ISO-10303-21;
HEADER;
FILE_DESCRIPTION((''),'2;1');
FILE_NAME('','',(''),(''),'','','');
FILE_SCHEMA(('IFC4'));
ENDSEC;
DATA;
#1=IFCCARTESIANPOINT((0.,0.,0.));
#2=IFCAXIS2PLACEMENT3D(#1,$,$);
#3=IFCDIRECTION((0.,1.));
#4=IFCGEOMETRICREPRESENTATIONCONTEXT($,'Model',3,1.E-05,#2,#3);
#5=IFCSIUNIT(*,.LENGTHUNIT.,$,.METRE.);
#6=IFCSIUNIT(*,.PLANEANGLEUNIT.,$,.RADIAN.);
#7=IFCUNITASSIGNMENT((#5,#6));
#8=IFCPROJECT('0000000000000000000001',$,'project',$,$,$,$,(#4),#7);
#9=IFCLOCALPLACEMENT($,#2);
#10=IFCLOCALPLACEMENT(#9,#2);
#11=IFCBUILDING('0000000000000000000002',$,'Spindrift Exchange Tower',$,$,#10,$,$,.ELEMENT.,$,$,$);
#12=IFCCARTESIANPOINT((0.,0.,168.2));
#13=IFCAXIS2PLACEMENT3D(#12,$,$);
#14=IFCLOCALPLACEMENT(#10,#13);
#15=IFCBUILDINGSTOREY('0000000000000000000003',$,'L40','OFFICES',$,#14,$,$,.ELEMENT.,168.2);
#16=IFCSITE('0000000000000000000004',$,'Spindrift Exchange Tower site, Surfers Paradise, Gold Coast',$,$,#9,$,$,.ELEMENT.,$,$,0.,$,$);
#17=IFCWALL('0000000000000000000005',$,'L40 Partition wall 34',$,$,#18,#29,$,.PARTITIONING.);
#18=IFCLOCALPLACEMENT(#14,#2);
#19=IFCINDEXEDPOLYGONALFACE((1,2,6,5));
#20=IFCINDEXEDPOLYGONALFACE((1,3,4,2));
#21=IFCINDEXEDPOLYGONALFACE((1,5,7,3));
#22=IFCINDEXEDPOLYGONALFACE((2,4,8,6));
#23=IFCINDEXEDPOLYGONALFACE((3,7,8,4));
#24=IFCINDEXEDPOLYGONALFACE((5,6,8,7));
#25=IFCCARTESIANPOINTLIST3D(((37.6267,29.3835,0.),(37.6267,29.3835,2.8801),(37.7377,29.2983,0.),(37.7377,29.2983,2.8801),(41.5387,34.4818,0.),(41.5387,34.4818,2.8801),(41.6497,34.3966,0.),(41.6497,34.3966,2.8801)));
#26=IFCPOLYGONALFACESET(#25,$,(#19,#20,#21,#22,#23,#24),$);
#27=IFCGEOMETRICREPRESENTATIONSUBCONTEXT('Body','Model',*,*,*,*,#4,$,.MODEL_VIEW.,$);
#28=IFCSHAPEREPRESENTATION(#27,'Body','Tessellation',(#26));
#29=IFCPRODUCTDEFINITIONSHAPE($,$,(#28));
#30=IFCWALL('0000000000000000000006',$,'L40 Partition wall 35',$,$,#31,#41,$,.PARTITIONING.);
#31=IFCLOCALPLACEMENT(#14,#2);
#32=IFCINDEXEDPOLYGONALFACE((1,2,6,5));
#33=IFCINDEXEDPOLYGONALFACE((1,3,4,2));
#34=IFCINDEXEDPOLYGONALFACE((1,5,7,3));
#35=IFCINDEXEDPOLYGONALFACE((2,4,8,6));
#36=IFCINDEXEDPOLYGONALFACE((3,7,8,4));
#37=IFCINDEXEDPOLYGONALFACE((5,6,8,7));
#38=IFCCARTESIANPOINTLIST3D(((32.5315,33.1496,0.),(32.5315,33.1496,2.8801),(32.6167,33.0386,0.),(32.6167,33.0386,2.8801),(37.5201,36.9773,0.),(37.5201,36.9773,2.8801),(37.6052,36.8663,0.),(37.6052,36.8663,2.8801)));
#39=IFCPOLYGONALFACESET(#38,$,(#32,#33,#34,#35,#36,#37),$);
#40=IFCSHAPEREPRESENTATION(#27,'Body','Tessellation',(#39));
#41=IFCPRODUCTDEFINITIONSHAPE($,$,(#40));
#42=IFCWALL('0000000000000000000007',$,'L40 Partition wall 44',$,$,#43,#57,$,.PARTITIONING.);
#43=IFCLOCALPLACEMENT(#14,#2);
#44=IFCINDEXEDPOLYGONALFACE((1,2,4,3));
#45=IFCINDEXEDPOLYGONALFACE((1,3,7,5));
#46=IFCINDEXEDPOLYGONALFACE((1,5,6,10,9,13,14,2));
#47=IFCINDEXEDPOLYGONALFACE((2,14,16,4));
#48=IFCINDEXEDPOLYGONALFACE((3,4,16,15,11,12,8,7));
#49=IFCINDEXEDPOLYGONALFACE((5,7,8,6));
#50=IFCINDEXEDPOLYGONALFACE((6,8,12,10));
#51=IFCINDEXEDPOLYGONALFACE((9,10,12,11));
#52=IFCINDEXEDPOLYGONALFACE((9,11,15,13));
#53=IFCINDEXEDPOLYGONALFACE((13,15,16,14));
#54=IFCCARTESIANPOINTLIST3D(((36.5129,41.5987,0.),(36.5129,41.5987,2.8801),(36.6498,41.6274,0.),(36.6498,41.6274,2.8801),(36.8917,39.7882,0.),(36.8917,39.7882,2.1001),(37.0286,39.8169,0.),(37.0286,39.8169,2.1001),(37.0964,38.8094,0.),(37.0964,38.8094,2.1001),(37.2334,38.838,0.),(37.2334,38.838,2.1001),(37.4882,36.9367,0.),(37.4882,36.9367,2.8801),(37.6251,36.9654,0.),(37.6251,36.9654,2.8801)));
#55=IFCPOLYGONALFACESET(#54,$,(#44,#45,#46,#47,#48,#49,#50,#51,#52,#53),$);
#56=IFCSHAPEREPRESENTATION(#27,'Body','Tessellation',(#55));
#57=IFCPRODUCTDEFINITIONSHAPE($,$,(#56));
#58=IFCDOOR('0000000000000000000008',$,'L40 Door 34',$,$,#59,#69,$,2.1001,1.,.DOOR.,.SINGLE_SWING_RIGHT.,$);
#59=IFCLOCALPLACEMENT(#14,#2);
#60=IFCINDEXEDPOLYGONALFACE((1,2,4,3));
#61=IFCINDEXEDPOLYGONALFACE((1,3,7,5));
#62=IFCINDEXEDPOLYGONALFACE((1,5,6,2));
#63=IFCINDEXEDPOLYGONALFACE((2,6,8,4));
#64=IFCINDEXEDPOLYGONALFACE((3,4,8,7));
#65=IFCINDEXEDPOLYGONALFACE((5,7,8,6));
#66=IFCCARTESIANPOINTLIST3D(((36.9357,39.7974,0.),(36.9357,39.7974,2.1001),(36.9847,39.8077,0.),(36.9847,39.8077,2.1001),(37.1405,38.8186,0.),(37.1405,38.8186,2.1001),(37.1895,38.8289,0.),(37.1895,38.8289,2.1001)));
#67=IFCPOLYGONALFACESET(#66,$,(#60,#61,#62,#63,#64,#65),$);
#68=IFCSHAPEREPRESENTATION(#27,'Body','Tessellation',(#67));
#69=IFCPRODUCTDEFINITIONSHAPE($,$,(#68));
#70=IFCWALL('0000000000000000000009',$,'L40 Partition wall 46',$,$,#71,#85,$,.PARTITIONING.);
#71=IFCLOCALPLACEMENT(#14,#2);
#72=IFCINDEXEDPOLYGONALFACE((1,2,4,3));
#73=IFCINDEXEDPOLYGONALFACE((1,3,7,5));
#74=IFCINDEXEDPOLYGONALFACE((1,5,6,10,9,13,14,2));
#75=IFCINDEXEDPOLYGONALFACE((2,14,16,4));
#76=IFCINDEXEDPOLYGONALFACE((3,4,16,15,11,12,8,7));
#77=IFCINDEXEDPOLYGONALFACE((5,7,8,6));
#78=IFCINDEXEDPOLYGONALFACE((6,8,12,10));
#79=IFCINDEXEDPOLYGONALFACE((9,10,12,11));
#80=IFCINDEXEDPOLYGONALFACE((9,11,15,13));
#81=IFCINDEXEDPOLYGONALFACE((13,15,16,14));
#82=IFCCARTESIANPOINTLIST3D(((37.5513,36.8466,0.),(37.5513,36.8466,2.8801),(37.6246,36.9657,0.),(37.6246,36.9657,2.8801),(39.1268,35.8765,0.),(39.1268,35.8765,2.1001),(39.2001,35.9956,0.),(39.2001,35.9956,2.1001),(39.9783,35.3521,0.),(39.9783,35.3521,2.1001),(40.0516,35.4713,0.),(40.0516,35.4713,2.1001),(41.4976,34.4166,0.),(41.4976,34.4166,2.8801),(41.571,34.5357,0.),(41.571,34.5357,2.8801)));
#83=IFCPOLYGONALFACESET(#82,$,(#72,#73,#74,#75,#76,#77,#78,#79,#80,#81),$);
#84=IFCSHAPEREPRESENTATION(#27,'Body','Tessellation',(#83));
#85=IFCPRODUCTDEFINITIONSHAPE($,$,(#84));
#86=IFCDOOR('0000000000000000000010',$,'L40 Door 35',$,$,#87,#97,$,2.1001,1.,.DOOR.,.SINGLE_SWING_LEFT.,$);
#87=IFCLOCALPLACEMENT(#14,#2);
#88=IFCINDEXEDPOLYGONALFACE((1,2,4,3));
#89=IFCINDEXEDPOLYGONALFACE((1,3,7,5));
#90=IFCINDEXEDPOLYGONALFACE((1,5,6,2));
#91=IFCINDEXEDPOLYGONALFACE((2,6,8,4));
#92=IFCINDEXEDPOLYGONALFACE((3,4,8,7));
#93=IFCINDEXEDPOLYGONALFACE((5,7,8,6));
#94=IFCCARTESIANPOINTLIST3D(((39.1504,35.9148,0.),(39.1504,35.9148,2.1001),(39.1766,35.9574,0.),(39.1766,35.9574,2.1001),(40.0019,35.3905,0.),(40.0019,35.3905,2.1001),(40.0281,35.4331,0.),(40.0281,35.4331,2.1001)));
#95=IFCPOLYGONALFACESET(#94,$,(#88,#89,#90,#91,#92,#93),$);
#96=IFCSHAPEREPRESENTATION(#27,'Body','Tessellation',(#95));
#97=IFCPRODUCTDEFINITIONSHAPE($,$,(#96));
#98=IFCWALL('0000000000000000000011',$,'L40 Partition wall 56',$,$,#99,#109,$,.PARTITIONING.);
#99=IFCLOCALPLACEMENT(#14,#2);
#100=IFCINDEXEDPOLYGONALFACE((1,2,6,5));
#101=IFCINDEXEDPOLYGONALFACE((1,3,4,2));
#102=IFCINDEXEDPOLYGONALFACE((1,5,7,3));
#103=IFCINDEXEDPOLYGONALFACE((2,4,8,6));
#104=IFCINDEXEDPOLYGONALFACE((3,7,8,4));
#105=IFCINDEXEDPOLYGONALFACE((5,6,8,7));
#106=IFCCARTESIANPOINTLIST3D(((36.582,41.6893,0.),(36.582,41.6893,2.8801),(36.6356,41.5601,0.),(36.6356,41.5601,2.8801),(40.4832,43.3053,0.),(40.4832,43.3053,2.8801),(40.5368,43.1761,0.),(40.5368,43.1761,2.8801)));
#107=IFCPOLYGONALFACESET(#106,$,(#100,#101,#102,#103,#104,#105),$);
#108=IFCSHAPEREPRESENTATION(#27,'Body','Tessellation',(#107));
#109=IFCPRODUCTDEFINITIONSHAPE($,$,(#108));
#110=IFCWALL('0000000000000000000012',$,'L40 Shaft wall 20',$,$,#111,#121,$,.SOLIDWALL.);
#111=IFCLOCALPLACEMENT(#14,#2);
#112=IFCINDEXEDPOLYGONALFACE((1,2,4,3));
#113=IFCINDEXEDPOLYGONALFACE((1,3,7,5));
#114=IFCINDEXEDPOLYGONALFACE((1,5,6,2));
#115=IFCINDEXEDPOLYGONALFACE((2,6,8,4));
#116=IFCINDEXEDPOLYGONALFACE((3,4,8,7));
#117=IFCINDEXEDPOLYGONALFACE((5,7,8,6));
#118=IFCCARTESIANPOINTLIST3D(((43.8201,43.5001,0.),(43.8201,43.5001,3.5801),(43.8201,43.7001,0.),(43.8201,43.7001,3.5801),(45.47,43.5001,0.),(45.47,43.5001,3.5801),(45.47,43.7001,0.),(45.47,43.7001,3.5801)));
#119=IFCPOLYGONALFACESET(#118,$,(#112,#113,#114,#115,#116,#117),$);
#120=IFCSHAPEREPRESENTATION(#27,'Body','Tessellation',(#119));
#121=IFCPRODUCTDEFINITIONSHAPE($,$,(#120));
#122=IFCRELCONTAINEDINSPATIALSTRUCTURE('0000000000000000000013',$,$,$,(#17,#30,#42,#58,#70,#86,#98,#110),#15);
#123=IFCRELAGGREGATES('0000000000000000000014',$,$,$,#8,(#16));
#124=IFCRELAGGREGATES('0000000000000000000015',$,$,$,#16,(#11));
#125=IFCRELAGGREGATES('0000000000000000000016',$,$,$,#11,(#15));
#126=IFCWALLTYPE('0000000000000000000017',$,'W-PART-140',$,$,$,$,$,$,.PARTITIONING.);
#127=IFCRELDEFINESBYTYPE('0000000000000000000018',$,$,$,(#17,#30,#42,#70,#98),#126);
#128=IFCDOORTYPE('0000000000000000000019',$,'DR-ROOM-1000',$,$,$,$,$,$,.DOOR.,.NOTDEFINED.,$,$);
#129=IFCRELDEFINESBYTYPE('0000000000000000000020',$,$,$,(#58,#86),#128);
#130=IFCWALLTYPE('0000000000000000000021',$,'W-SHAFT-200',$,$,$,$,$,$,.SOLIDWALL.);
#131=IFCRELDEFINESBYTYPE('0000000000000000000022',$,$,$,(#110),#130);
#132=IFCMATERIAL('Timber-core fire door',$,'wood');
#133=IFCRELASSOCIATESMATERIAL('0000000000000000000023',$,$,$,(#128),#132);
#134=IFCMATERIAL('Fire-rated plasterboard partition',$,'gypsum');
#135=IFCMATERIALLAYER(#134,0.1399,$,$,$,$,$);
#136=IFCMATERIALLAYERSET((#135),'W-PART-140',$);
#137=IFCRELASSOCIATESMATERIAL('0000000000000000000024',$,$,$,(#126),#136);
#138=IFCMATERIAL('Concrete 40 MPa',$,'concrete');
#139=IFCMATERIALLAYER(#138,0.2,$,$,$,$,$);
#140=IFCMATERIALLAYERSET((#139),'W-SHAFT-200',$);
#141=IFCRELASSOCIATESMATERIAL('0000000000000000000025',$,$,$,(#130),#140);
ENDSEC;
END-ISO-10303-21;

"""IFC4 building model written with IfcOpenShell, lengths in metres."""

from ifc_helpers import new_model, si_unit, direction, frame, frame_2d, origin, place, context, subcontext, project, spatial, rectangle, extrude, source, transform, mapped, material, layer, layer_set, type_object, element, fill, save


model = new_model("IFC4")

# Units and contexts
model_context = context("Model", 3, precision=1e-05, world=origin(), true_north=direction((0.0, 1.0)))
body_context = subcontext(model_context, "Body", "Model", "MODEL_VIEW")
ifc_project = project(units=[si_unit("LENGTHUNIT", "METRE"), si_unit("PLANEANGLEUNIT", "RADIAN")], contexts=[model_context])

# Site, building, storey
site_placement = place(None, origin())
site = spatial("IfcSite", under=ifc_project, at=site_placement, Name="Spindrift Exchange Tower site, Surfers Paradise, Gold Coast", CompositionType="ELEMENT", RefElevation=0.0)
building_placement = place(site_placement, origin())
building = spatial("IfcBuilding", under=site, at=building_placement, Name="Spindrift Exchange Tower", CompositionType="ELEMENT")
storey_placement = place(building_placement, frame((0.0, 0.0, 168.2)))
storey = spatial("IfcBuildingStorey", under=building, at=storey_placement, Name="L40", Description="OFFICES", CompositionType="ELEMENT", Elevation=168.2)

# Shared definitions
ifc_material_1 = material(Name="Timber-core fire door", Category="wood")
ifc_material_2 = material(Name="Fire-rated plasterboard partition", Category="gypsum")
door_type_1 = type_object("IfcDoorType", Name="DR-ROOM-1000", OperationType="NOTDEFINED", PredefinedType="DOOR", material=ifc_material_1)
shared_shape_1 = source(origin(), body_context, "Body", "SweptSolid", [
    extrude(rectangle(XDim=1.0, YDim=2.1001, at=frame_2d((0.5, 1.05))), frame((0.0, 0.0249, 0.0), z_axis=(0.0, -1.0, 0.0), x_axis=(1.0, 0.0, 0.0)), (0.0, 0.0, 1.0), 0.05),
])

# Walls
ifc_layer_1 = layer(ifc_material_2, 0.1399)
ifc_layer_set_1 = layer_set([ifc_layer_1], Name="W-PART-140")
wall_type_1 = type_object("IfcWallType", Name="W-PART-140", PredefinedType="PARTITIONING", material=ifc_layer_set_1)
wall_1_placement = place(storey_placement, frame((41.5942, 34.4392, 0.0), z_axis=(0.0, 0.0, 1.0), x_axis=(-0.608759, -0.793355, 0.0)))
element("IfcWall", 1, at=wall_1_placement, inside=storey, type_object=wall_type_1, Name="L40 Partition wall 34", PredefinedType="PARTITIONING", context=body_context, shape_type="SweptSolid", body=[
    extrude(rectangle(XDim=6.4263, YDim=0.1399, at=frame_2d((3.2131, 0.0))), origin(), (0.0, 0.0, 1.0), 2.8801),
])
wall_2_placement = place(storey_placement, frame((37.5627, 36.9219, 0.0), z_axis=(0.0, 0.0, 1.0), x_axis=(-0.793368, -0.608742, 0.0)))
element("IfcWall", 2, at=wall_2_placement, inside=storey, type_object=wall_type_1, Name="L40 Partition wall 35", PredefinedType="PARTITIONING", context=body_context, shape_type="SweptSolid", body=[
    extrude(rectangle(XDim=6.2878, YDim=0.1399, at=frame_2d((3.144, 0.0))), origin(), (0.0, 0.0, 1.0), 2.8801),
])

# Walls, openings, doors
wall_3_placement = place(storey_placement, frame((37.5566, 36.9512, 0.0), z_axis=(0.0, 0.0, 1.0), x_axis=(-0.204773, 0.97881, 0.0)))
wall_3 = element("IfcWall", 3, at=wall_3_placement, inside=storey, type_object=wall_type_1, Name="L40 Partition wall 44", PredefinedType="PARTITIONING", context=body_context, shape_type="SweptSolid", body=[
    extrude(rectangle(XDim=4.7629, YDim=0.1399, at=frame_2d((2.3813, 0.0))), origin(), (0.0, 0.0, 1.0), 2.8801),
])
opening_1_placement = place(wall_3_placement, frame((1.9131, 0.0, 0.0)))
opening_1 = element("IfcOpeningElement", 4, at=opening_1_placement, cuts=wall_3, PredefinedType="OPENING", context=body_context, shape_type="SweptSolid", body=[
    extrude(rectangle(XDim=1.0, YDim=2.1001, at=frame_2d((0.5, 1.05))), frame((0.0, 0.0798, 0.0), z_axis=(0.0, -1.0, 0.0), x_axis=(1.0, 0.0, 0.0)), (0.0, 0.0, 1.0), 0.1599),
])
door_1_placement = place(opening_1_placement, origin())
door_1 = element("IfcDoor", 5, at=door_1_placement, inside=storey, type_object=door_type_1, Name="L40 Door 34", OperationType="SINGLE_SWING_RIGHT", OverallHeight=2.1001, OverallWidth=1.0, PredefinedType="DOOR", context=body_context, shape_type="MappedRepresentation", body=[
    mapped(shared_shape_1, transform((0.0, 0.0, 0.0), scale=1.0)),
])
fill(opening_1, door_1)
wall_4_placement = place(storey_placement, frame((41.5344, 34.4761, 0.0), z_axis=(0.0, 0.0, 1.0), x_axis=(-0.851519, 0.524324, 0.0)))
wall_4 = element("IfcWall", 6, at=wall_4_placement, inside=storey, type_object=wall_type_1, Name="L40 Partition wall 46", PredefinedType="PARTITIONING", context=body_context, shape_type="SweptSolid", body=[
    extrude(rectangle(XDim=4.6345, YDim=0.1399, at=frame_2d((2.3174, 0.0))), origin(), (0.0, 0.0, 1.0), 2.8801),
])
opening_2_placement = place(wall_4_placement, frame((1.7844, 0.0, 0.0)))
opening_2 = element("IfcOpeningElement", 7, at=opening_2_placement, cuts=wall_4, PredefinedType="OPENING", context=body_context, shape_type="SweptSolid", body=[
    extrude(rectangle(XDim=1.0, YDim=2.1001, at=frame_2d((0.5, 1.05))), frame((0.0, 0.0798, 0.0), z_axis=(0.0, -1.0, 0.0), x_axis=(1.0, 0.0, 0.0)), (0.0, 0.0, 1.0), 0.1599),
])
door_2_placement = place(opening_2_placement, origin())
door_2 = element("IfcDoor", 8, at=door_2_placement, inside=storey, type_object=door_type_1, Name="L40 Door 35", OperationType="SINGLE_SWING_LEFT", OverallHeight=2.1001, OverallWidth=1.0, PredefinedType="DOOR", context=body_context, shape_type="MappedRepresentation", body=[
    mapped(shared_shape_1, transform((0.0, 0.0, 0.0), scale=1.0)),
])
fill(opening_2, door_2)

# Walls
wall_5_placement = place(storey_placement, frame((40.51, 43.2407, 0.0), z_axis=(0.0, 0.0, 1.0), x_axis=(-0.923874, -0.382697, 0.0)))
element("IfcWall", 9, at=wall_5_placement, inside=storey, type_object=wall_type_1, Name="L40 Partition wall 56", PredefinedType="PARTITIONING", context=body_context, shape_type="SweptSolid", body=[
    extrude(rectangle(XDim=4.2227, YDim=0.1399, at=frame_2d((2.1113, 0.0))), origin(), (0.0, 0.0, 1.0), 2.8801),
])
ifc_material_3 = material(Name="Concrete 40 MPa", Category="concrete")
ifc_layer_2 = layer(ifc_material_3, 0.2)
ifc_layer_set_2 = layer_set([ifc_layer_2], Name="W-SHAFT-200")
wall_type_2 = type_object("IfcWallType", Name="W-SHAFT-200", PredefinedType="SOLIDWALL", material=ifc_layer_set_2)
wall_6_placement = place(storey_placement, frame((45.47, 43.6001, 0.0), z_axis=(0.0, 0.0, 1.0), x_axis=(-1.0, 0.0, 0.0)))
element("IfcWall", 10, at=wall_6_placement, inside=storey, type_object=wall_type_2, Name="L40 Shaft wall 20", PredefinedType="SOLIDWALL", context=body_context, shape_type="SweptSolid", body=[
    extrude(rectangle(XDim=1.6499, YDim=0.2, at=frame_2d((0.825, 0.0))), origin(), (0.0, 0.0, 1.0), 3.5801),
])

save(model, "model.ifc")
